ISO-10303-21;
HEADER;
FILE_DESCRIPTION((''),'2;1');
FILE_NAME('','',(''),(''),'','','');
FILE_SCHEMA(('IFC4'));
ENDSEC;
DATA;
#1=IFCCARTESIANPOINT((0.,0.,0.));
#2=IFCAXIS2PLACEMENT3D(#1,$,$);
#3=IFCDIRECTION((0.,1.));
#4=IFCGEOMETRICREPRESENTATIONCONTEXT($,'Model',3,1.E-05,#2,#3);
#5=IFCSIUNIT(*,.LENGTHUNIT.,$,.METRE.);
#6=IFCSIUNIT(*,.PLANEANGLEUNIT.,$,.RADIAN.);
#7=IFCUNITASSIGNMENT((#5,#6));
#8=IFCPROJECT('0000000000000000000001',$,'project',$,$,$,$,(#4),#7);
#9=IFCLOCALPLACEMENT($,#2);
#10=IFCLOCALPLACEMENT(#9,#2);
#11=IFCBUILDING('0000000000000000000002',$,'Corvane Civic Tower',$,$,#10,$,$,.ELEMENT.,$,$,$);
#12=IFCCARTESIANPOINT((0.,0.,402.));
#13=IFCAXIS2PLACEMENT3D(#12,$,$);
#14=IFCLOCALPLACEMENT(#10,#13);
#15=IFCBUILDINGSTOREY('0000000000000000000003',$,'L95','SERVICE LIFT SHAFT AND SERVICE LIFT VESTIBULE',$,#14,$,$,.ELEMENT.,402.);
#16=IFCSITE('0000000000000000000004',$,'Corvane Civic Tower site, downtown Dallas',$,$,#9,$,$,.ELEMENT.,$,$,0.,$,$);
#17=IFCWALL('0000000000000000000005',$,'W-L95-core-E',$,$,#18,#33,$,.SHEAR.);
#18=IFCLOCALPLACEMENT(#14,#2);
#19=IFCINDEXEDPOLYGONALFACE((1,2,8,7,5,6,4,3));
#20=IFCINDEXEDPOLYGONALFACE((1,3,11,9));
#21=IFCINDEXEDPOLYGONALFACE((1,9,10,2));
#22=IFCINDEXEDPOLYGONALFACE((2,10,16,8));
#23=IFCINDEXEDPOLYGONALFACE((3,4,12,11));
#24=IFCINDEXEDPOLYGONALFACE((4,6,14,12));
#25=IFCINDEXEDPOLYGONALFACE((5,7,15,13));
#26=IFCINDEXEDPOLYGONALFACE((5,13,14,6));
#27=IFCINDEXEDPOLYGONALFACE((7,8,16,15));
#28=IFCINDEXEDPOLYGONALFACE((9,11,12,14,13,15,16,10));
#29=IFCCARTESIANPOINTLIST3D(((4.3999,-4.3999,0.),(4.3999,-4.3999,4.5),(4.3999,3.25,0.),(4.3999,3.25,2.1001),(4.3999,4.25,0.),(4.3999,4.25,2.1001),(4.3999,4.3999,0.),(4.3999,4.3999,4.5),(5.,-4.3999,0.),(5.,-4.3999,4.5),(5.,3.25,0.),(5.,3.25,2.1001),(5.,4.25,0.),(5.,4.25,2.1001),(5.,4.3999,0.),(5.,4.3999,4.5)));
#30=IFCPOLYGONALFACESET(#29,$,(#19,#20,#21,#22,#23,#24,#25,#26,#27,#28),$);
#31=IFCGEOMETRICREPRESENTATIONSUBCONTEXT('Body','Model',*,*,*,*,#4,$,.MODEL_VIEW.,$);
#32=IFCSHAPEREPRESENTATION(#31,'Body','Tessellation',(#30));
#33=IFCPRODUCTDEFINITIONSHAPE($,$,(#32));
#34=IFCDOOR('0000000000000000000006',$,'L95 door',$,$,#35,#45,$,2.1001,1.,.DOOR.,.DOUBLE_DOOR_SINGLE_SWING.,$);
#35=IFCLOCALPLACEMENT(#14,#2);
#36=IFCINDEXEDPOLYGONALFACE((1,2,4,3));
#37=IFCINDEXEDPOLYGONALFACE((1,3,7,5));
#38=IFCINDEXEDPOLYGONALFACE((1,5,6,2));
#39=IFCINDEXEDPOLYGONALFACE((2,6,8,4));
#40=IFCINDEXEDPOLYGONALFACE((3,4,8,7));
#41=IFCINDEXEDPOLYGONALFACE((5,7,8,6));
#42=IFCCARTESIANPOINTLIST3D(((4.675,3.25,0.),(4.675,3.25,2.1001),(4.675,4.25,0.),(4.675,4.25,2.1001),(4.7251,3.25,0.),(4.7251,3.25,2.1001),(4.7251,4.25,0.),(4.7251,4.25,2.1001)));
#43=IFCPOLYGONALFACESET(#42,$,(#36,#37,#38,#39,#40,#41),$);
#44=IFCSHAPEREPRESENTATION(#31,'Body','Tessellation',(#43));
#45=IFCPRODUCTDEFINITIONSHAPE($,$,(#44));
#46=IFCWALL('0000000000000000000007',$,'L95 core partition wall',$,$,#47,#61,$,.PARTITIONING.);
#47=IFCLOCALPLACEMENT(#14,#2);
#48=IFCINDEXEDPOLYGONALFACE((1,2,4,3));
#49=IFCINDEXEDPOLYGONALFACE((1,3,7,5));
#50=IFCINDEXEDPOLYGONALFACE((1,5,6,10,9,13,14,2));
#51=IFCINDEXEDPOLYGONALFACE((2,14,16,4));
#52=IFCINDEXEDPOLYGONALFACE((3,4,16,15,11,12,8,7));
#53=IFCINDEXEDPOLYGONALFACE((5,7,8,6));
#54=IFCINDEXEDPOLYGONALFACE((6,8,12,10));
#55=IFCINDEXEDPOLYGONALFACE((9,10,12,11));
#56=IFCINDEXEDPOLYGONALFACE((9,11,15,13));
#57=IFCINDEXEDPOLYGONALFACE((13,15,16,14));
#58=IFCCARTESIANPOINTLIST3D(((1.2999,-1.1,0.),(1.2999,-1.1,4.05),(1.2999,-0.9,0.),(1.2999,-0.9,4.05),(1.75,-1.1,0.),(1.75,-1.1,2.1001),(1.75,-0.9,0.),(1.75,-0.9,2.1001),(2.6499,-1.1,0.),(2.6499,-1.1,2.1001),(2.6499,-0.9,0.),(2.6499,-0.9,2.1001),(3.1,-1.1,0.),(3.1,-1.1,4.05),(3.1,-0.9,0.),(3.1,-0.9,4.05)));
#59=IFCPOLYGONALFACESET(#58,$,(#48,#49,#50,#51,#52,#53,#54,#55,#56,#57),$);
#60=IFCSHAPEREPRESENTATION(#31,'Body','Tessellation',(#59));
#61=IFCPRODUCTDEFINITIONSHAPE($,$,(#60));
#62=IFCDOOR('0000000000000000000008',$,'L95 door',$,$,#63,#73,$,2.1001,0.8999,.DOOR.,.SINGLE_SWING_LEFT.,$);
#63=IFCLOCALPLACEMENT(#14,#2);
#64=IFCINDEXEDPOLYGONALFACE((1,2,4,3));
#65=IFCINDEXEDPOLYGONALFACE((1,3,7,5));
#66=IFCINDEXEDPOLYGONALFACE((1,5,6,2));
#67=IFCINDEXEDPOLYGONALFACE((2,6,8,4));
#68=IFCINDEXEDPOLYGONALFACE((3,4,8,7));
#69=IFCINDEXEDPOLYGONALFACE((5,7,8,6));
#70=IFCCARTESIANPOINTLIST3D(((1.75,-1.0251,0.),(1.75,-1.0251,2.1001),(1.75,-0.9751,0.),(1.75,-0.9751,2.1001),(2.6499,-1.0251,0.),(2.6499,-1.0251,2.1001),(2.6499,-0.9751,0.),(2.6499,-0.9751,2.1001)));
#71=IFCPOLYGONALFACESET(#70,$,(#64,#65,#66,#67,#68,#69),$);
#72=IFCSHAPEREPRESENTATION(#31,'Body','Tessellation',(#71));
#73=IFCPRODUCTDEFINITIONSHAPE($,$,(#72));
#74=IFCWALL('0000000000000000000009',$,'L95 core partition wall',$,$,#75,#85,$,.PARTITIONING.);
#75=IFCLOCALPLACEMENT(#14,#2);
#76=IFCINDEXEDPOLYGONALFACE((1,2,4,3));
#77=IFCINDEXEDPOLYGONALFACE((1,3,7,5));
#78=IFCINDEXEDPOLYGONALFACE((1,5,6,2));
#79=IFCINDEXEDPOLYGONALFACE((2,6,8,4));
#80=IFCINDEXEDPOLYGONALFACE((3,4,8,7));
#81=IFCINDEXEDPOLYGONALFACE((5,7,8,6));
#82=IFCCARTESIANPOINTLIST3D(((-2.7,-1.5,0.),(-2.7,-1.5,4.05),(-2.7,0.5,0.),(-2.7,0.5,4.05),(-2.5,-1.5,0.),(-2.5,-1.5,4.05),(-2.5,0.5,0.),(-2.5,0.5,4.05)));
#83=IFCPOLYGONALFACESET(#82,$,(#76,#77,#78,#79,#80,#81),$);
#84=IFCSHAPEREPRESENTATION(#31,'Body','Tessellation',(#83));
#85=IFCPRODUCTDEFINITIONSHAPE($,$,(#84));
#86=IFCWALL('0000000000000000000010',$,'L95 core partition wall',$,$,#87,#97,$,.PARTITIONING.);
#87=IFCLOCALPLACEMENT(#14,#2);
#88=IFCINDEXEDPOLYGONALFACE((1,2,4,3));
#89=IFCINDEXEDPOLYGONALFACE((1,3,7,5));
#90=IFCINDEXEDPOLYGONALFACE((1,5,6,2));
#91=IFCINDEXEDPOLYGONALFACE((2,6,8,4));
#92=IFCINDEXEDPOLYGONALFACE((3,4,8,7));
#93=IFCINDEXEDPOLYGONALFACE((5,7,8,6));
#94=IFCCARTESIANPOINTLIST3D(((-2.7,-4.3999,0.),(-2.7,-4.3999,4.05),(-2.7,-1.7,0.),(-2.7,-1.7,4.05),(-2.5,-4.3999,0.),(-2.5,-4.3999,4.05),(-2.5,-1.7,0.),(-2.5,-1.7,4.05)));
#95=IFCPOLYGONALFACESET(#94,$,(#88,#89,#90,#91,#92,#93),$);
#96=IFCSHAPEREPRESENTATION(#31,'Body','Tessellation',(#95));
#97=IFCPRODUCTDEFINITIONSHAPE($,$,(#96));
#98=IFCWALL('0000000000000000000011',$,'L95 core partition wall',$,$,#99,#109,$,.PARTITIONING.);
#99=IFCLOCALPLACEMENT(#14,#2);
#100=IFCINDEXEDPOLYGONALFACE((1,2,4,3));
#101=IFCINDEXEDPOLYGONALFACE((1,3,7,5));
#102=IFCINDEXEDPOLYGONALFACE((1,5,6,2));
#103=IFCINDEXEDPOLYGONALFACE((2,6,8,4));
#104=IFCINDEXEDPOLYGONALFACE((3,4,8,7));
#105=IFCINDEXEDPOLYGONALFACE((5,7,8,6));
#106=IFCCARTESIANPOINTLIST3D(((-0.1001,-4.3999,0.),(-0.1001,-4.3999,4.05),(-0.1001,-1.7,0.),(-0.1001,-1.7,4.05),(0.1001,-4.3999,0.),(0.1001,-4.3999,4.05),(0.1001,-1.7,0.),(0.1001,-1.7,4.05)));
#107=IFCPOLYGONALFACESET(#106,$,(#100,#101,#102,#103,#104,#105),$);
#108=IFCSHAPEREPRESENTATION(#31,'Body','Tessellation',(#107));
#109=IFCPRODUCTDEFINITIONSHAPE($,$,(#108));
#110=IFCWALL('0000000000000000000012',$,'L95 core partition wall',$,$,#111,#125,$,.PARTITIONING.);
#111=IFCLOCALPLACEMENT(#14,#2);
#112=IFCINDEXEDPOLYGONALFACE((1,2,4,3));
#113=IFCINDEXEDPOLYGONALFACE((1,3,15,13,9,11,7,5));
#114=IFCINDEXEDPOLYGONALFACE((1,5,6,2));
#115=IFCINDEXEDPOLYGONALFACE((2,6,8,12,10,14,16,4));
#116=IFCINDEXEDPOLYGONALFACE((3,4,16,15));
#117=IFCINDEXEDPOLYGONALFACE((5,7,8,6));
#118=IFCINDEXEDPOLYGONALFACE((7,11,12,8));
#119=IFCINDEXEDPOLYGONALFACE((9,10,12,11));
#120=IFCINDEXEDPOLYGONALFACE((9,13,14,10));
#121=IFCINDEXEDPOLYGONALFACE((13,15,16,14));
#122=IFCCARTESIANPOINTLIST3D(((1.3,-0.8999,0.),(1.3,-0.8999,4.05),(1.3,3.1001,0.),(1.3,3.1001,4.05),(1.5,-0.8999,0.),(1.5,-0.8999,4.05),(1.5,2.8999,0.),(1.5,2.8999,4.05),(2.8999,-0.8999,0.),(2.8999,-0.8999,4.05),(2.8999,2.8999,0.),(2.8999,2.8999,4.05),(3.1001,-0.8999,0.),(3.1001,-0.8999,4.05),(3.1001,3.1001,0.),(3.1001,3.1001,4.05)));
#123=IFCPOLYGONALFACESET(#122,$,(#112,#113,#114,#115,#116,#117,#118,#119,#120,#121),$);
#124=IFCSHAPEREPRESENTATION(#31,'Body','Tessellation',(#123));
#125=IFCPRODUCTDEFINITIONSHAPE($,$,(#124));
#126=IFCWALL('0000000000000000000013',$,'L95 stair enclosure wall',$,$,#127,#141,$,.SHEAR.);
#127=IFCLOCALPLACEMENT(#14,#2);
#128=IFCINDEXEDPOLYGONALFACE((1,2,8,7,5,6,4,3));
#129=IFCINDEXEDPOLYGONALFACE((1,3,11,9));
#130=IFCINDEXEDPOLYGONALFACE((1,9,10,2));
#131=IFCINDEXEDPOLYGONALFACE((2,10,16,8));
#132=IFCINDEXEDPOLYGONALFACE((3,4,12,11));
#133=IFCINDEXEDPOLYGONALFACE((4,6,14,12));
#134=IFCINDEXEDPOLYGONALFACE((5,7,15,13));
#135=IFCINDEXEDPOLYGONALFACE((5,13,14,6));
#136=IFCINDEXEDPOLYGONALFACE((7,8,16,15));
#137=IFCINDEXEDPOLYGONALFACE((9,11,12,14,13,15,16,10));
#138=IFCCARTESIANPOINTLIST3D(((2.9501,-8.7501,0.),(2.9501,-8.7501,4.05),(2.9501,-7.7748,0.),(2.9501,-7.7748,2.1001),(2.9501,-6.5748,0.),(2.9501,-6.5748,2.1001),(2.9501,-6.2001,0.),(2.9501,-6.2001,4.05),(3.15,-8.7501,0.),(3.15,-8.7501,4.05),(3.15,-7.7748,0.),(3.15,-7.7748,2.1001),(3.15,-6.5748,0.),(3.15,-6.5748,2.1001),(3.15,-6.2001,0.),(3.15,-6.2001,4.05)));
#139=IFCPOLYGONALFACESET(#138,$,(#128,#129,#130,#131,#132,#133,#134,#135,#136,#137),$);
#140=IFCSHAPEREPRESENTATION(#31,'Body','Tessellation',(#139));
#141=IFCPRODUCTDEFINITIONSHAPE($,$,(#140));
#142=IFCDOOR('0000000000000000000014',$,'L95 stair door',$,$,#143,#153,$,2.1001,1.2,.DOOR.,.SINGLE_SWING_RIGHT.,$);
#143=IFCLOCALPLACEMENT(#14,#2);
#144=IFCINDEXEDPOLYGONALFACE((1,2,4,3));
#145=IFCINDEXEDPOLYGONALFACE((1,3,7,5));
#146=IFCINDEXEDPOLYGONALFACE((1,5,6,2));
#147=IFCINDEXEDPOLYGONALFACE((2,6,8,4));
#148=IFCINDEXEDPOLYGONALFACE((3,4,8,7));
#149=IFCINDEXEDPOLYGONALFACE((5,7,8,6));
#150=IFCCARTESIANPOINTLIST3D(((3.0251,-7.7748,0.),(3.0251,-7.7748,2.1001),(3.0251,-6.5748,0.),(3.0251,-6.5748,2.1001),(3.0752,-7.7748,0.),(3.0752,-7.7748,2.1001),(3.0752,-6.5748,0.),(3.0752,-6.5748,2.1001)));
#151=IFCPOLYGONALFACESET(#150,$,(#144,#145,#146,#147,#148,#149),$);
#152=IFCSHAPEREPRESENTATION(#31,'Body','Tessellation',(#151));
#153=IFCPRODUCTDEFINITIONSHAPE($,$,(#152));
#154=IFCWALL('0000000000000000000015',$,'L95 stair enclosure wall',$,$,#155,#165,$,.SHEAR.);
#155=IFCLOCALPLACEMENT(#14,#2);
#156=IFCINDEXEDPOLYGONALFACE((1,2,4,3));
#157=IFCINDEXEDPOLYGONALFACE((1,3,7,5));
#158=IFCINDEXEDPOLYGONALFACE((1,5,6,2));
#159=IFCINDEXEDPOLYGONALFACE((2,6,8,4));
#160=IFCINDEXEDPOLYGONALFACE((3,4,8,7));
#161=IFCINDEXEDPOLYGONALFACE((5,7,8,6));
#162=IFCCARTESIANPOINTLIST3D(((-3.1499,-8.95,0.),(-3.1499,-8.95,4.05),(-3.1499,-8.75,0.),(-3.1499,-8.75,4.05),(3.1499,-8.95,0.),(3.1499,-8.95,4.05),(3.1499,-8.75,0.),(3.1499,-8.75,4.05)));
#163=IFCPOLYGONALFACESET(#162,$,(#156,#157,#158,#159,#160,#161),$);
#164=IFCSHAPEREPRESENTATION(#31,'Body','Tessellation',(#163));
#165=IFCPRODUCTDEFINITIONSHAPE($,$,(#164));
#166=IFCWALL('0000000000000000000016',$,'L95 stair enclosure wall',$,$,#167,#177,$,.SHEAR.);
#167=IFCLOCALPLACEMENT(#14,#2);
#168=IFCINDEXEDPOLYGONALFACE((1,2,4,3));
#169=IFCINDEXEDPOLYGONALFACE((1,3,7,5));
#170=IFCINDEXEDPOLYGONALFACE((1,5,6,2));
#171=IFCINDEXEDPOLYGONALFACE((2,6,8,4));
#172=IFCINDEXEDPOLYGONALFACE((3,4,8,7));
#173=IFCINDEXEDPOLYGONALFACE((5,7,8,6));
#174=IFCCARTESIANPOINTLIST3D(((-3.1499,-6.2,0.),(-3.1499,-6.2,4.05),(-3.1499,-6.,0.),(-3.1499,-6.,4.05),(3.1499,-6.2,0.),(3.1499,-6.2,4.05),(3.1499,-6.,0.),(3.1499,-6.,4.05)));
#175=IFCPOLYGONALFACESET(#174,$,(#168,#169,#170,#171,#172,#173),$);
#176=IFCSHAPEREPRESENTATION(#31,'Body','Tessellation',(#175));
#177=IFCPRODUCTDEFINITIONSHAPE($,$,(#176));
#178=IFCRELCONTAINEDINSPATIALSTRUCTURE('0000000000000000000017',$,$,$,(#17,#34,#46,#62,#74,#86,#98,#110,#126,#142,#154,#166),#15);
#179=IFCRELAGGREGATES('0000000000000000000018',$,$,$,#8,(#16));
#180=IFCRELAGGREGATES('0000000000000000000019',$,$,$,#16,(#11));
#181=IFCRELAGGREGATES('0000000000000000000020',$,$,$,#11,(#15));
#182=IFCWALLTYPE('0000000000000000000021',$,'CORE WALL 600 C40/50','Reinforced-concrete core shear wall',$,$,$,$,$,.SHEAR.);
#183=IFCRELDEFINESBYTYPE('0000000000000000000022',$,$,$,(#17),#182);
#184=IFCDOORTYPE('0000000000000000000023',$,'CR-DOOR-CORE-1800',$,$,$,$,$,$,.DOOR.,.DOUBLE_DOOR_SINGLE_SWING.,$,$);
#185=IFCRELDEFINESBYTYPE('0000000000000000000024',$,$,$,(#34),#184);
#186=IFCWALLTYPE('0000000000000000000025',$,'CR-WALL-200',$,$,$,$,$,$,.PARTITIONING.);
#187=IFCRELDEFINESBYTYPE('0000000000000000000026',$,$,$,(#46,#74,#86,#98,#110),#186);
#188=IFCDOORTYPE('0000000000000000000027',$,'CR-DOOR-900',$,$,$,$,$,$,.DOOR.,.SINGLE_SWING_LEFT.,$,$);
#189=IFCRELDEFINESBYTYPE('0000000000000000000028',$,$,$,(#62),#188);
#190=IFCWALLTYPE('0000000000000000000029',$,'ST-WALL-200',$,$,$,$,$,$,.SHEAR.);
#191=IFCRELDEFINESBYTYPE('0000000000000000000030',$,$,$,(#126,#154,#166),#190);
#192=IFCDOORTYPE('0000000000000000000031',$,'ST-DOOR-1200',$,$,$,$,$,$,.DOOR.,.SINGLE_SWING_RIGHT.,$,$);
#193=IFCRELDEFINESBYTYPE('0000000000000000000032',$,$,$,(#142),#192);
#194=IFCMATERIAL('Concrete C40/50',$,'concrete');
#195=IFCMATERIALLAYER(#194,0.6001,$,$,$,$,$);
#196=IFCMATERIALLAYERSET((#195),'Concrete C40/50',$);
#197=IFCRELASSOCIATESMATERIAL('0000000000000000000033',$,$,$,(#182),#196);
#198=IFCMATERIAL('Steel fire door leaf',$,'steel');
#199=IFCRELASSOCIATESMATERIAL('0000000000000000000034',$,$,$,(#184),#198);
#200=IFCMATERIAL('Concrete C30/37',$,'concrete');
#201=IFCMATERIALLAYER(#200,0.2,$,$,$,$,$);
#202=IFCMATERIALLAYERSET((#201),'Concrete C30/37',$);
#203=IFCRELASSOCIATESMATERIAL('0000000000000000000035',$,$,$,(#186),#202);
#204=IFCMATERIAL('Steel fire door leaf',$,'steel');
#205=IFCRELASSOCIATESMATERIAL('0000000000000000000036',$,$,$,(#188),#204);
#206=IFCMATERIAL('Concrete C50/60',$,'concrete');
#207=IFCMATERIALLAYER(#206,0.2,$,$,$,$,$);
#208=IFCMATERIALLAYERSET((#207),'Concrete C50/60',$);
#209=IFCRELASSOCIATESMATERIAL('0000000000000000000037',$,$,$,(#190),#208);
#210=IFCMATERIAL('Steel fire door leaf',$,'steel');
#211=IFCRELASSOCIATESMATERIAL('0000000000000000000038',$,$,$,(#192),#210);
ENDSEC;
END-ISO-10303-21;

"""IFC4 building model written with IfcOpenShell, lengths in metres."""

from ifc_helpers import new_model, si_unit, direction, frame, frame_2d, origin, place, context, subcontext, project, spatial, polyline, rectangle, outline, extrude, material, layer, layer_set, type_object, element, fill, save


model = new_model("IFC4")

# Units and contexts
model_context = context("Model", 3, precision=1e-05, world=origin(), true_north=direction((0.0, 1.0)))
body_context = subcontext(model_context, "Body", "Model", "MODEL_VIEW")
ifc_project = project(units=[si_unit("LENGTHUNIT", "METRE"), si_unit("PLANEANGLEUNIT", "RADIAN")], contexts=[model_context])

# Site, building, storey
site_placement = place(None, origin())
site = spatial("IfcSite", under=ifc_project, at=site_placement, Name="Corvane Civic Tower site, downtown Dallas", CompositionType="ELEMENT", RefElevation=0.0)
building_placement = place(site_placement, origin())
building = spatial("IfcBuilding", under=site, at=building_placement, Name="Corvane Civic Tower", CompositionType="ELEMENT")
storey_placement = place(building_placement, frame((0.0, 0.0, 402.0)))
storey = spatial("IfcBuildingStorey", under=building, at=storey_placement, Name="L95", Description="SERVICE LIFT SHAFT AND SERVICE LIFT VESTIBULE", CompositionType="ELEMENT", Elevation=402.0)

# Walls, openings, doors
ifc_material_1 = material(Name="Concrete C40/50", Category="concrete")
ifc_layer_1 = layer(ifc_material_1, 0.6001)
ifc_layer_set_1 = layer_set([ifc_layer_1], Name="Concrete C40/50")
wall_type_1 = type_object("IfcWallType", Name="CORE WALL 600 C40/50", Description="Reinforced-concrete core shear wall", PredefinedType="SHEAR", material=ifc_layer_set_1)
wall_1_placement = place(storey_placement, frame((4.7, -4.3999, 0.0), z_axis=(0.0, 0.0, 1.0), x_axis=(0.0, 1.0, 0.0)))
wall_1 = element("IfcWall", 1, at=wall_1_placement, inside=storey, type_object=wall_type_1, Name="W-L95-core-E", PredefinedType="SHEAR", context=body_context, shape_type="SweptSolid", body=[
    extrude(rectangle(XDim=8.7998, YDim=0.6001, at=frame_2d((4.3999, 0.0))), origin(), (0.0, 0.0, 1.0), 4.5),
])
opening_1_placement = place(wall_1_placement, frame((7.6499, 0.0, 0.0)))
opening_1 = element("IfcOpeningElement", 2, at=opening_1_placement, cuts=wall_1, PredefinedType="OPENING", context=body_context, shape_type="SweptSolid", body=[
    extrude(rectangle(XDim=1.0, YDim=2.1001, at=frame_2d((0.5, 1.05))), frame((0.0, 0.3101, 0.0), z_axis=(0.0, -1.0, 0.0), x_axis=(1.0, 0.0, 0.0)), (0.0, 0.0, 1.0), 0.6201),
])
ifc_material_2 = material(Name="Steel fire door leaf", Category="steel")
door_type_1 = type_object("IfcDoorType", Name="CR-DOOR-CORE-1800", OperationType="DOUBLE_DOOR_SINGLE_SWING", PredefinedType="DOOR", material=ifc_material_2)
door_1_placement = place(opening_1_placement, origin())
door_1 = element("IfcDoor", 3, at=door_1_placement, inside=storey, type_object=door_type_1, Name="L95 door", OperationType="DOUBLE_DOOR_SINGLE_SWING", OverallHeight=2.1001, OverallWidth=1.0, PredefinedType="DOOR", context=body_context, shape_type="SweptSolid", body=[
    extrude(rectangle(XDim=1.0, YDim=2.1001, at=frame_2d((0.5, 1.05))), frame((0.0, 0.0249, 0.0), z_axis=(0.0, -1.0, 0.0), x_axis=(1.0, 0.0, 0.0)), (0.0, 0.0, 1.0), 0.05),
])
fill(opening_1, door_1)
ifc_material_3 = material(Name="Concrete C30/37", Category="concrete")
ifc_layer_2 = layer(ifc_material_3, 0.2)
ifc_layer_set_2 = layer_set([ifc_layer_2], Name="Concrete C30/37")
wall_type_2 = type_object("IfcWallType", Name="CR-WALL-200", PredefinedType="PARTITIONING", material=ifc_layer_set_2)
wall_2_placement = place(storey_placement, frame((1.3, -1.0, 0.0), z_axis=(0.0, 0.0, 1.0), x_axis=(1.0, 0.0, 0.0)))
wall_2 = element("IfcWall", 4, at=wall_2_placement, inside=storey, type_object=wall_type_2, Name="L95 core partition wall", PredefinedType="PARTITIONING", context=body_context, shape_type="SweptSolid", body=[
    extrude(rectangle(XDim=1.8, YDim=0.2, at=frame_2d((0.8999, 0.0))), origin(), (0.0, 0.0, 1.0), 4.05),
])
opening_2_placement = place(wall_2_placement, frame((0.45, 0.0, 0.0)))
opening_2 = element("IfcOpeningElement", 5, at=opening_2_placement, cuts=wall_2, PredefinedType="OPENING", context=body_context, shape_type="SweptSolid", body=[
    extrude(rectangle(XDim=0.8999, YDim=2.1001, at=frame_2d((0.45, 1.05))), frame((0.0, 0.1099, 0.0), z_axis=(0.0, -1.0, 0.0), x_axis=(1.0, 0.0, 0.0)), (0.0, 0.0, 1.0), 0.22),
])
ifc_material_4 = material(Name="Steel fire door leaf", Category="steel")
door_type_2 = type_object("IfcDoorType", Name="CR-DOOR-900", OperationType="SINGLE_SWING_LEFT", PredefinedType="DOOR", material=ifc_material_4)
door_2_placement = place(opening_2_placement, origin())
door_2 = element("IfcDoor", 6, at=door_2_placement, inside=storey, type_object=door_type_2, Name="L95 door", OperationType="SINGLE_SWING_LEFT", OverallHeight=2.1001, OverallWidth=0.8999, PredefinedType="DOOR", context=body_context, shape_type="SweptSolid", body=[
    extrude(rectangle(XDim=0.8999, YDim=2.1001, at=frame_2d((0.45, 1.05))), frame((0.0, 0.0249, 0.0), z_axis=(0.0, -1.0, 0.0), x_axis=(1.0, 0.0, 0.0)), (0.0, 0.0, 1.0), 0.05),
])
fill(opening_2, door_2)

# Walls
wall_3_placement = place(storey_placement, origin())
element("IfcWall", 7, at=wall_3_placement, inside=storey, type_object=wall_type_2, Name="L95 core partition wall", PredefinedType="PARTITIONING", context=body_context, shape_type="SweptSolid", body=[
    extrude(outline(polyline([(-2.5, -1.5), (-2.7, -1.5), (-2.7, 0.5), (-2.5, 0.5), (-2.5, -1.5)])), origin(), (0.0, 0.0, 1.0), 4.05),
])
wall_4_placement = place(storey_placement, origin())
element("IfcWall", 8, at=wall_4_placement, inside=storey, type_object=wall_type_2, Name="L95 core partition wall", PredefinedType="PARTITIONING", context=body_context, shape_type="SweptSolid", body=[
    extrude(outline(polyline([(-2.5, -4.3999), (-2.7, -4.3999), (-2.7, -1.7), (-2.5, -1.7), (-2.5, -4.3999)])), origin(), (0.0, 0.0, 1.0), 4.05),
])
wall_5_placement = place(storey_placement, origin())
element("IfcWall", 9, at=wall_5_placement, inside=storey, type_object=wall_type_2, Name="L95 core partition wall", PredefinedType="PARTITIONING", context=body_context, shape_type="SweptSolid", body=[
    extrude(outline(polyline([(-0.1001, -4.3999), (-0.1001, -1.7), (0.1001, -1.7), (0.1001, -4.3999), (-0.1001, -4.3999)])), origin(), (0.0, 0.0, 1.0), 4.05),
])
wall_6_placement = place(storey_placement, origin())
element("IfcWall", 10, at=wall_6_placement, inside=storey, type_object=wall_type_2, Name="L95 core partition wall", PredefinedType="PARTITIONING", context=body_context, shape_type="SweptSolid", body=[
    extrude(outline(polyline([(1.3, -0.8999), (1.3, 3.1001), (3.1001, 3.1001), (3.1001, -0.8999), (2.8999, -0.8999), (2.8999, 2.8999), (1.5, 2.8999), (1.5, -0.8999), (1.3, -0.8999)])), origin(), (0.0, 0.0, 1.0), 4.05),
])

# Wall, opening, door
ifc_material_5 = material(Name="Concrete C50/60", Category="concrete")
ifc_layer_3 = layer(ifc_material_5, 0.2)
ifc_layer_set_3 = layer_set([ifc_layer_3], Name="Concrete C50/60")
wall_type_3 = type_object("IfcWallType", Name="ST-WALL-200", PredefinedType="SHEAR", material=ifc_layer_set_3)
wall_7_placement = place(storey_placement, frame((3.05, -8.75, 0.0), z_axis=(0.0, 0.0, 1.0), x_axis=(0.0, 1.0, 0.0)))
wall_7 = element("IfcWall", 11, at=wall_7_placement, inside=storey, type_object=wall_type_3, Name="L95 stair enclosure wall", PredefinedType="SHEAR", context=body_context, shape_type="SweptSolid", body=[
    extrude(rectangle(XDim=2.55, YDim=0.2, at=frame_2d((1.2749, 0.0))), origin(), (0.0, 0.0, 1.0), 4.05),
])
opening_3_placement = place(wall_7_placement, frame((0.9751, 0.0, 0.0)))
opening_3 = element("IfcOpeningElement", 12, at=opening_3_placement, cuts=wall_7, PredefinedType="OPENING", context=body_context, shape_type="SweptSolid", body=[
    extrude(rectangle(XDim=1.2, YDim=2.1001, at=frame_2d((0.6001, 1.05))), frame((0.0, 0.1099, 0.0), z_axis=(0.0, -1.0, 0.0), x_axis=(1.0, 0.0, 0.0)), (0.0, 0.0, 1.0), 0.22),
])
ifc_material_6 = material(Name="Steel fire door leaf", Category="steel")
door_type_3 = type_object("IfcDoorType", Name="ST-DOOR-1200", OperationType="SINGLE_SWING_RIGHT", PredefinedType="DOOR", material=ifc_material_6)
door_3_placement = place(opening_3_placement, origin())
door_3 = element("IfcDoor", 13, at=door_3_placement, inside=storey, type_object=door_type_3, Name="L95 stair door", OperationType="SINGLE_SWING_RIGHT", OverallHeight=2.1001, OverallWidth=1.2, PredefinedType="DOOR", context=body_context, shape_type="SweptSolid", body=[
    extrude(rectangle(XDim=1.2, YDim=2.1001, at=frame_2d((0.6001, 1.05))), frame((0.0, 0.0249, 0.0), z_axis=(0.0, -1.0, 0.0), x_axis=(1.0, 0.0, 0.0)), (0.0, 0.0, 1.0), 0.05),
])
fill(opening_3, door_3)

# Walls
wall_8_placement = place(storey_placement, origin())
element("IfcWall", 14, at=wall_8_placement, inside=storey, type_object=wall_type_3, Name="L95 stair enclosure wall", PredefinedType="SHEAR", context=body_context, shape_type="SweptSolid", body=[
    extrude(outline(polyline([(3.1499, -8.75), (3.1499, -8.95), (-3.1499, -8.95), (-3.1499, -8.75), (3.1499, -8.75)])), origin(), (0.0, 0.0, 1.0), 4.05),
])
wall_9_placement = place(storey_placement, origin())
element("IfcWall", 15, at=wall_9_placement, inside=storey, type_object=wall_type_3, Name="L95 stair enclosure wall", PredefinedType="SHEAR", context=body_context, shape_type="SweptSolid", body=[
    extrude(outline(polyline([(3.1499, -6.2), (-3.1499, -6.2), (-3.1499, -6.0), (3.1499, -6.0), (3.1499, -6.2)])), origin(), (0.0, 0.0, 1.0), 4.05),
])

save(model, "model.ifc")
